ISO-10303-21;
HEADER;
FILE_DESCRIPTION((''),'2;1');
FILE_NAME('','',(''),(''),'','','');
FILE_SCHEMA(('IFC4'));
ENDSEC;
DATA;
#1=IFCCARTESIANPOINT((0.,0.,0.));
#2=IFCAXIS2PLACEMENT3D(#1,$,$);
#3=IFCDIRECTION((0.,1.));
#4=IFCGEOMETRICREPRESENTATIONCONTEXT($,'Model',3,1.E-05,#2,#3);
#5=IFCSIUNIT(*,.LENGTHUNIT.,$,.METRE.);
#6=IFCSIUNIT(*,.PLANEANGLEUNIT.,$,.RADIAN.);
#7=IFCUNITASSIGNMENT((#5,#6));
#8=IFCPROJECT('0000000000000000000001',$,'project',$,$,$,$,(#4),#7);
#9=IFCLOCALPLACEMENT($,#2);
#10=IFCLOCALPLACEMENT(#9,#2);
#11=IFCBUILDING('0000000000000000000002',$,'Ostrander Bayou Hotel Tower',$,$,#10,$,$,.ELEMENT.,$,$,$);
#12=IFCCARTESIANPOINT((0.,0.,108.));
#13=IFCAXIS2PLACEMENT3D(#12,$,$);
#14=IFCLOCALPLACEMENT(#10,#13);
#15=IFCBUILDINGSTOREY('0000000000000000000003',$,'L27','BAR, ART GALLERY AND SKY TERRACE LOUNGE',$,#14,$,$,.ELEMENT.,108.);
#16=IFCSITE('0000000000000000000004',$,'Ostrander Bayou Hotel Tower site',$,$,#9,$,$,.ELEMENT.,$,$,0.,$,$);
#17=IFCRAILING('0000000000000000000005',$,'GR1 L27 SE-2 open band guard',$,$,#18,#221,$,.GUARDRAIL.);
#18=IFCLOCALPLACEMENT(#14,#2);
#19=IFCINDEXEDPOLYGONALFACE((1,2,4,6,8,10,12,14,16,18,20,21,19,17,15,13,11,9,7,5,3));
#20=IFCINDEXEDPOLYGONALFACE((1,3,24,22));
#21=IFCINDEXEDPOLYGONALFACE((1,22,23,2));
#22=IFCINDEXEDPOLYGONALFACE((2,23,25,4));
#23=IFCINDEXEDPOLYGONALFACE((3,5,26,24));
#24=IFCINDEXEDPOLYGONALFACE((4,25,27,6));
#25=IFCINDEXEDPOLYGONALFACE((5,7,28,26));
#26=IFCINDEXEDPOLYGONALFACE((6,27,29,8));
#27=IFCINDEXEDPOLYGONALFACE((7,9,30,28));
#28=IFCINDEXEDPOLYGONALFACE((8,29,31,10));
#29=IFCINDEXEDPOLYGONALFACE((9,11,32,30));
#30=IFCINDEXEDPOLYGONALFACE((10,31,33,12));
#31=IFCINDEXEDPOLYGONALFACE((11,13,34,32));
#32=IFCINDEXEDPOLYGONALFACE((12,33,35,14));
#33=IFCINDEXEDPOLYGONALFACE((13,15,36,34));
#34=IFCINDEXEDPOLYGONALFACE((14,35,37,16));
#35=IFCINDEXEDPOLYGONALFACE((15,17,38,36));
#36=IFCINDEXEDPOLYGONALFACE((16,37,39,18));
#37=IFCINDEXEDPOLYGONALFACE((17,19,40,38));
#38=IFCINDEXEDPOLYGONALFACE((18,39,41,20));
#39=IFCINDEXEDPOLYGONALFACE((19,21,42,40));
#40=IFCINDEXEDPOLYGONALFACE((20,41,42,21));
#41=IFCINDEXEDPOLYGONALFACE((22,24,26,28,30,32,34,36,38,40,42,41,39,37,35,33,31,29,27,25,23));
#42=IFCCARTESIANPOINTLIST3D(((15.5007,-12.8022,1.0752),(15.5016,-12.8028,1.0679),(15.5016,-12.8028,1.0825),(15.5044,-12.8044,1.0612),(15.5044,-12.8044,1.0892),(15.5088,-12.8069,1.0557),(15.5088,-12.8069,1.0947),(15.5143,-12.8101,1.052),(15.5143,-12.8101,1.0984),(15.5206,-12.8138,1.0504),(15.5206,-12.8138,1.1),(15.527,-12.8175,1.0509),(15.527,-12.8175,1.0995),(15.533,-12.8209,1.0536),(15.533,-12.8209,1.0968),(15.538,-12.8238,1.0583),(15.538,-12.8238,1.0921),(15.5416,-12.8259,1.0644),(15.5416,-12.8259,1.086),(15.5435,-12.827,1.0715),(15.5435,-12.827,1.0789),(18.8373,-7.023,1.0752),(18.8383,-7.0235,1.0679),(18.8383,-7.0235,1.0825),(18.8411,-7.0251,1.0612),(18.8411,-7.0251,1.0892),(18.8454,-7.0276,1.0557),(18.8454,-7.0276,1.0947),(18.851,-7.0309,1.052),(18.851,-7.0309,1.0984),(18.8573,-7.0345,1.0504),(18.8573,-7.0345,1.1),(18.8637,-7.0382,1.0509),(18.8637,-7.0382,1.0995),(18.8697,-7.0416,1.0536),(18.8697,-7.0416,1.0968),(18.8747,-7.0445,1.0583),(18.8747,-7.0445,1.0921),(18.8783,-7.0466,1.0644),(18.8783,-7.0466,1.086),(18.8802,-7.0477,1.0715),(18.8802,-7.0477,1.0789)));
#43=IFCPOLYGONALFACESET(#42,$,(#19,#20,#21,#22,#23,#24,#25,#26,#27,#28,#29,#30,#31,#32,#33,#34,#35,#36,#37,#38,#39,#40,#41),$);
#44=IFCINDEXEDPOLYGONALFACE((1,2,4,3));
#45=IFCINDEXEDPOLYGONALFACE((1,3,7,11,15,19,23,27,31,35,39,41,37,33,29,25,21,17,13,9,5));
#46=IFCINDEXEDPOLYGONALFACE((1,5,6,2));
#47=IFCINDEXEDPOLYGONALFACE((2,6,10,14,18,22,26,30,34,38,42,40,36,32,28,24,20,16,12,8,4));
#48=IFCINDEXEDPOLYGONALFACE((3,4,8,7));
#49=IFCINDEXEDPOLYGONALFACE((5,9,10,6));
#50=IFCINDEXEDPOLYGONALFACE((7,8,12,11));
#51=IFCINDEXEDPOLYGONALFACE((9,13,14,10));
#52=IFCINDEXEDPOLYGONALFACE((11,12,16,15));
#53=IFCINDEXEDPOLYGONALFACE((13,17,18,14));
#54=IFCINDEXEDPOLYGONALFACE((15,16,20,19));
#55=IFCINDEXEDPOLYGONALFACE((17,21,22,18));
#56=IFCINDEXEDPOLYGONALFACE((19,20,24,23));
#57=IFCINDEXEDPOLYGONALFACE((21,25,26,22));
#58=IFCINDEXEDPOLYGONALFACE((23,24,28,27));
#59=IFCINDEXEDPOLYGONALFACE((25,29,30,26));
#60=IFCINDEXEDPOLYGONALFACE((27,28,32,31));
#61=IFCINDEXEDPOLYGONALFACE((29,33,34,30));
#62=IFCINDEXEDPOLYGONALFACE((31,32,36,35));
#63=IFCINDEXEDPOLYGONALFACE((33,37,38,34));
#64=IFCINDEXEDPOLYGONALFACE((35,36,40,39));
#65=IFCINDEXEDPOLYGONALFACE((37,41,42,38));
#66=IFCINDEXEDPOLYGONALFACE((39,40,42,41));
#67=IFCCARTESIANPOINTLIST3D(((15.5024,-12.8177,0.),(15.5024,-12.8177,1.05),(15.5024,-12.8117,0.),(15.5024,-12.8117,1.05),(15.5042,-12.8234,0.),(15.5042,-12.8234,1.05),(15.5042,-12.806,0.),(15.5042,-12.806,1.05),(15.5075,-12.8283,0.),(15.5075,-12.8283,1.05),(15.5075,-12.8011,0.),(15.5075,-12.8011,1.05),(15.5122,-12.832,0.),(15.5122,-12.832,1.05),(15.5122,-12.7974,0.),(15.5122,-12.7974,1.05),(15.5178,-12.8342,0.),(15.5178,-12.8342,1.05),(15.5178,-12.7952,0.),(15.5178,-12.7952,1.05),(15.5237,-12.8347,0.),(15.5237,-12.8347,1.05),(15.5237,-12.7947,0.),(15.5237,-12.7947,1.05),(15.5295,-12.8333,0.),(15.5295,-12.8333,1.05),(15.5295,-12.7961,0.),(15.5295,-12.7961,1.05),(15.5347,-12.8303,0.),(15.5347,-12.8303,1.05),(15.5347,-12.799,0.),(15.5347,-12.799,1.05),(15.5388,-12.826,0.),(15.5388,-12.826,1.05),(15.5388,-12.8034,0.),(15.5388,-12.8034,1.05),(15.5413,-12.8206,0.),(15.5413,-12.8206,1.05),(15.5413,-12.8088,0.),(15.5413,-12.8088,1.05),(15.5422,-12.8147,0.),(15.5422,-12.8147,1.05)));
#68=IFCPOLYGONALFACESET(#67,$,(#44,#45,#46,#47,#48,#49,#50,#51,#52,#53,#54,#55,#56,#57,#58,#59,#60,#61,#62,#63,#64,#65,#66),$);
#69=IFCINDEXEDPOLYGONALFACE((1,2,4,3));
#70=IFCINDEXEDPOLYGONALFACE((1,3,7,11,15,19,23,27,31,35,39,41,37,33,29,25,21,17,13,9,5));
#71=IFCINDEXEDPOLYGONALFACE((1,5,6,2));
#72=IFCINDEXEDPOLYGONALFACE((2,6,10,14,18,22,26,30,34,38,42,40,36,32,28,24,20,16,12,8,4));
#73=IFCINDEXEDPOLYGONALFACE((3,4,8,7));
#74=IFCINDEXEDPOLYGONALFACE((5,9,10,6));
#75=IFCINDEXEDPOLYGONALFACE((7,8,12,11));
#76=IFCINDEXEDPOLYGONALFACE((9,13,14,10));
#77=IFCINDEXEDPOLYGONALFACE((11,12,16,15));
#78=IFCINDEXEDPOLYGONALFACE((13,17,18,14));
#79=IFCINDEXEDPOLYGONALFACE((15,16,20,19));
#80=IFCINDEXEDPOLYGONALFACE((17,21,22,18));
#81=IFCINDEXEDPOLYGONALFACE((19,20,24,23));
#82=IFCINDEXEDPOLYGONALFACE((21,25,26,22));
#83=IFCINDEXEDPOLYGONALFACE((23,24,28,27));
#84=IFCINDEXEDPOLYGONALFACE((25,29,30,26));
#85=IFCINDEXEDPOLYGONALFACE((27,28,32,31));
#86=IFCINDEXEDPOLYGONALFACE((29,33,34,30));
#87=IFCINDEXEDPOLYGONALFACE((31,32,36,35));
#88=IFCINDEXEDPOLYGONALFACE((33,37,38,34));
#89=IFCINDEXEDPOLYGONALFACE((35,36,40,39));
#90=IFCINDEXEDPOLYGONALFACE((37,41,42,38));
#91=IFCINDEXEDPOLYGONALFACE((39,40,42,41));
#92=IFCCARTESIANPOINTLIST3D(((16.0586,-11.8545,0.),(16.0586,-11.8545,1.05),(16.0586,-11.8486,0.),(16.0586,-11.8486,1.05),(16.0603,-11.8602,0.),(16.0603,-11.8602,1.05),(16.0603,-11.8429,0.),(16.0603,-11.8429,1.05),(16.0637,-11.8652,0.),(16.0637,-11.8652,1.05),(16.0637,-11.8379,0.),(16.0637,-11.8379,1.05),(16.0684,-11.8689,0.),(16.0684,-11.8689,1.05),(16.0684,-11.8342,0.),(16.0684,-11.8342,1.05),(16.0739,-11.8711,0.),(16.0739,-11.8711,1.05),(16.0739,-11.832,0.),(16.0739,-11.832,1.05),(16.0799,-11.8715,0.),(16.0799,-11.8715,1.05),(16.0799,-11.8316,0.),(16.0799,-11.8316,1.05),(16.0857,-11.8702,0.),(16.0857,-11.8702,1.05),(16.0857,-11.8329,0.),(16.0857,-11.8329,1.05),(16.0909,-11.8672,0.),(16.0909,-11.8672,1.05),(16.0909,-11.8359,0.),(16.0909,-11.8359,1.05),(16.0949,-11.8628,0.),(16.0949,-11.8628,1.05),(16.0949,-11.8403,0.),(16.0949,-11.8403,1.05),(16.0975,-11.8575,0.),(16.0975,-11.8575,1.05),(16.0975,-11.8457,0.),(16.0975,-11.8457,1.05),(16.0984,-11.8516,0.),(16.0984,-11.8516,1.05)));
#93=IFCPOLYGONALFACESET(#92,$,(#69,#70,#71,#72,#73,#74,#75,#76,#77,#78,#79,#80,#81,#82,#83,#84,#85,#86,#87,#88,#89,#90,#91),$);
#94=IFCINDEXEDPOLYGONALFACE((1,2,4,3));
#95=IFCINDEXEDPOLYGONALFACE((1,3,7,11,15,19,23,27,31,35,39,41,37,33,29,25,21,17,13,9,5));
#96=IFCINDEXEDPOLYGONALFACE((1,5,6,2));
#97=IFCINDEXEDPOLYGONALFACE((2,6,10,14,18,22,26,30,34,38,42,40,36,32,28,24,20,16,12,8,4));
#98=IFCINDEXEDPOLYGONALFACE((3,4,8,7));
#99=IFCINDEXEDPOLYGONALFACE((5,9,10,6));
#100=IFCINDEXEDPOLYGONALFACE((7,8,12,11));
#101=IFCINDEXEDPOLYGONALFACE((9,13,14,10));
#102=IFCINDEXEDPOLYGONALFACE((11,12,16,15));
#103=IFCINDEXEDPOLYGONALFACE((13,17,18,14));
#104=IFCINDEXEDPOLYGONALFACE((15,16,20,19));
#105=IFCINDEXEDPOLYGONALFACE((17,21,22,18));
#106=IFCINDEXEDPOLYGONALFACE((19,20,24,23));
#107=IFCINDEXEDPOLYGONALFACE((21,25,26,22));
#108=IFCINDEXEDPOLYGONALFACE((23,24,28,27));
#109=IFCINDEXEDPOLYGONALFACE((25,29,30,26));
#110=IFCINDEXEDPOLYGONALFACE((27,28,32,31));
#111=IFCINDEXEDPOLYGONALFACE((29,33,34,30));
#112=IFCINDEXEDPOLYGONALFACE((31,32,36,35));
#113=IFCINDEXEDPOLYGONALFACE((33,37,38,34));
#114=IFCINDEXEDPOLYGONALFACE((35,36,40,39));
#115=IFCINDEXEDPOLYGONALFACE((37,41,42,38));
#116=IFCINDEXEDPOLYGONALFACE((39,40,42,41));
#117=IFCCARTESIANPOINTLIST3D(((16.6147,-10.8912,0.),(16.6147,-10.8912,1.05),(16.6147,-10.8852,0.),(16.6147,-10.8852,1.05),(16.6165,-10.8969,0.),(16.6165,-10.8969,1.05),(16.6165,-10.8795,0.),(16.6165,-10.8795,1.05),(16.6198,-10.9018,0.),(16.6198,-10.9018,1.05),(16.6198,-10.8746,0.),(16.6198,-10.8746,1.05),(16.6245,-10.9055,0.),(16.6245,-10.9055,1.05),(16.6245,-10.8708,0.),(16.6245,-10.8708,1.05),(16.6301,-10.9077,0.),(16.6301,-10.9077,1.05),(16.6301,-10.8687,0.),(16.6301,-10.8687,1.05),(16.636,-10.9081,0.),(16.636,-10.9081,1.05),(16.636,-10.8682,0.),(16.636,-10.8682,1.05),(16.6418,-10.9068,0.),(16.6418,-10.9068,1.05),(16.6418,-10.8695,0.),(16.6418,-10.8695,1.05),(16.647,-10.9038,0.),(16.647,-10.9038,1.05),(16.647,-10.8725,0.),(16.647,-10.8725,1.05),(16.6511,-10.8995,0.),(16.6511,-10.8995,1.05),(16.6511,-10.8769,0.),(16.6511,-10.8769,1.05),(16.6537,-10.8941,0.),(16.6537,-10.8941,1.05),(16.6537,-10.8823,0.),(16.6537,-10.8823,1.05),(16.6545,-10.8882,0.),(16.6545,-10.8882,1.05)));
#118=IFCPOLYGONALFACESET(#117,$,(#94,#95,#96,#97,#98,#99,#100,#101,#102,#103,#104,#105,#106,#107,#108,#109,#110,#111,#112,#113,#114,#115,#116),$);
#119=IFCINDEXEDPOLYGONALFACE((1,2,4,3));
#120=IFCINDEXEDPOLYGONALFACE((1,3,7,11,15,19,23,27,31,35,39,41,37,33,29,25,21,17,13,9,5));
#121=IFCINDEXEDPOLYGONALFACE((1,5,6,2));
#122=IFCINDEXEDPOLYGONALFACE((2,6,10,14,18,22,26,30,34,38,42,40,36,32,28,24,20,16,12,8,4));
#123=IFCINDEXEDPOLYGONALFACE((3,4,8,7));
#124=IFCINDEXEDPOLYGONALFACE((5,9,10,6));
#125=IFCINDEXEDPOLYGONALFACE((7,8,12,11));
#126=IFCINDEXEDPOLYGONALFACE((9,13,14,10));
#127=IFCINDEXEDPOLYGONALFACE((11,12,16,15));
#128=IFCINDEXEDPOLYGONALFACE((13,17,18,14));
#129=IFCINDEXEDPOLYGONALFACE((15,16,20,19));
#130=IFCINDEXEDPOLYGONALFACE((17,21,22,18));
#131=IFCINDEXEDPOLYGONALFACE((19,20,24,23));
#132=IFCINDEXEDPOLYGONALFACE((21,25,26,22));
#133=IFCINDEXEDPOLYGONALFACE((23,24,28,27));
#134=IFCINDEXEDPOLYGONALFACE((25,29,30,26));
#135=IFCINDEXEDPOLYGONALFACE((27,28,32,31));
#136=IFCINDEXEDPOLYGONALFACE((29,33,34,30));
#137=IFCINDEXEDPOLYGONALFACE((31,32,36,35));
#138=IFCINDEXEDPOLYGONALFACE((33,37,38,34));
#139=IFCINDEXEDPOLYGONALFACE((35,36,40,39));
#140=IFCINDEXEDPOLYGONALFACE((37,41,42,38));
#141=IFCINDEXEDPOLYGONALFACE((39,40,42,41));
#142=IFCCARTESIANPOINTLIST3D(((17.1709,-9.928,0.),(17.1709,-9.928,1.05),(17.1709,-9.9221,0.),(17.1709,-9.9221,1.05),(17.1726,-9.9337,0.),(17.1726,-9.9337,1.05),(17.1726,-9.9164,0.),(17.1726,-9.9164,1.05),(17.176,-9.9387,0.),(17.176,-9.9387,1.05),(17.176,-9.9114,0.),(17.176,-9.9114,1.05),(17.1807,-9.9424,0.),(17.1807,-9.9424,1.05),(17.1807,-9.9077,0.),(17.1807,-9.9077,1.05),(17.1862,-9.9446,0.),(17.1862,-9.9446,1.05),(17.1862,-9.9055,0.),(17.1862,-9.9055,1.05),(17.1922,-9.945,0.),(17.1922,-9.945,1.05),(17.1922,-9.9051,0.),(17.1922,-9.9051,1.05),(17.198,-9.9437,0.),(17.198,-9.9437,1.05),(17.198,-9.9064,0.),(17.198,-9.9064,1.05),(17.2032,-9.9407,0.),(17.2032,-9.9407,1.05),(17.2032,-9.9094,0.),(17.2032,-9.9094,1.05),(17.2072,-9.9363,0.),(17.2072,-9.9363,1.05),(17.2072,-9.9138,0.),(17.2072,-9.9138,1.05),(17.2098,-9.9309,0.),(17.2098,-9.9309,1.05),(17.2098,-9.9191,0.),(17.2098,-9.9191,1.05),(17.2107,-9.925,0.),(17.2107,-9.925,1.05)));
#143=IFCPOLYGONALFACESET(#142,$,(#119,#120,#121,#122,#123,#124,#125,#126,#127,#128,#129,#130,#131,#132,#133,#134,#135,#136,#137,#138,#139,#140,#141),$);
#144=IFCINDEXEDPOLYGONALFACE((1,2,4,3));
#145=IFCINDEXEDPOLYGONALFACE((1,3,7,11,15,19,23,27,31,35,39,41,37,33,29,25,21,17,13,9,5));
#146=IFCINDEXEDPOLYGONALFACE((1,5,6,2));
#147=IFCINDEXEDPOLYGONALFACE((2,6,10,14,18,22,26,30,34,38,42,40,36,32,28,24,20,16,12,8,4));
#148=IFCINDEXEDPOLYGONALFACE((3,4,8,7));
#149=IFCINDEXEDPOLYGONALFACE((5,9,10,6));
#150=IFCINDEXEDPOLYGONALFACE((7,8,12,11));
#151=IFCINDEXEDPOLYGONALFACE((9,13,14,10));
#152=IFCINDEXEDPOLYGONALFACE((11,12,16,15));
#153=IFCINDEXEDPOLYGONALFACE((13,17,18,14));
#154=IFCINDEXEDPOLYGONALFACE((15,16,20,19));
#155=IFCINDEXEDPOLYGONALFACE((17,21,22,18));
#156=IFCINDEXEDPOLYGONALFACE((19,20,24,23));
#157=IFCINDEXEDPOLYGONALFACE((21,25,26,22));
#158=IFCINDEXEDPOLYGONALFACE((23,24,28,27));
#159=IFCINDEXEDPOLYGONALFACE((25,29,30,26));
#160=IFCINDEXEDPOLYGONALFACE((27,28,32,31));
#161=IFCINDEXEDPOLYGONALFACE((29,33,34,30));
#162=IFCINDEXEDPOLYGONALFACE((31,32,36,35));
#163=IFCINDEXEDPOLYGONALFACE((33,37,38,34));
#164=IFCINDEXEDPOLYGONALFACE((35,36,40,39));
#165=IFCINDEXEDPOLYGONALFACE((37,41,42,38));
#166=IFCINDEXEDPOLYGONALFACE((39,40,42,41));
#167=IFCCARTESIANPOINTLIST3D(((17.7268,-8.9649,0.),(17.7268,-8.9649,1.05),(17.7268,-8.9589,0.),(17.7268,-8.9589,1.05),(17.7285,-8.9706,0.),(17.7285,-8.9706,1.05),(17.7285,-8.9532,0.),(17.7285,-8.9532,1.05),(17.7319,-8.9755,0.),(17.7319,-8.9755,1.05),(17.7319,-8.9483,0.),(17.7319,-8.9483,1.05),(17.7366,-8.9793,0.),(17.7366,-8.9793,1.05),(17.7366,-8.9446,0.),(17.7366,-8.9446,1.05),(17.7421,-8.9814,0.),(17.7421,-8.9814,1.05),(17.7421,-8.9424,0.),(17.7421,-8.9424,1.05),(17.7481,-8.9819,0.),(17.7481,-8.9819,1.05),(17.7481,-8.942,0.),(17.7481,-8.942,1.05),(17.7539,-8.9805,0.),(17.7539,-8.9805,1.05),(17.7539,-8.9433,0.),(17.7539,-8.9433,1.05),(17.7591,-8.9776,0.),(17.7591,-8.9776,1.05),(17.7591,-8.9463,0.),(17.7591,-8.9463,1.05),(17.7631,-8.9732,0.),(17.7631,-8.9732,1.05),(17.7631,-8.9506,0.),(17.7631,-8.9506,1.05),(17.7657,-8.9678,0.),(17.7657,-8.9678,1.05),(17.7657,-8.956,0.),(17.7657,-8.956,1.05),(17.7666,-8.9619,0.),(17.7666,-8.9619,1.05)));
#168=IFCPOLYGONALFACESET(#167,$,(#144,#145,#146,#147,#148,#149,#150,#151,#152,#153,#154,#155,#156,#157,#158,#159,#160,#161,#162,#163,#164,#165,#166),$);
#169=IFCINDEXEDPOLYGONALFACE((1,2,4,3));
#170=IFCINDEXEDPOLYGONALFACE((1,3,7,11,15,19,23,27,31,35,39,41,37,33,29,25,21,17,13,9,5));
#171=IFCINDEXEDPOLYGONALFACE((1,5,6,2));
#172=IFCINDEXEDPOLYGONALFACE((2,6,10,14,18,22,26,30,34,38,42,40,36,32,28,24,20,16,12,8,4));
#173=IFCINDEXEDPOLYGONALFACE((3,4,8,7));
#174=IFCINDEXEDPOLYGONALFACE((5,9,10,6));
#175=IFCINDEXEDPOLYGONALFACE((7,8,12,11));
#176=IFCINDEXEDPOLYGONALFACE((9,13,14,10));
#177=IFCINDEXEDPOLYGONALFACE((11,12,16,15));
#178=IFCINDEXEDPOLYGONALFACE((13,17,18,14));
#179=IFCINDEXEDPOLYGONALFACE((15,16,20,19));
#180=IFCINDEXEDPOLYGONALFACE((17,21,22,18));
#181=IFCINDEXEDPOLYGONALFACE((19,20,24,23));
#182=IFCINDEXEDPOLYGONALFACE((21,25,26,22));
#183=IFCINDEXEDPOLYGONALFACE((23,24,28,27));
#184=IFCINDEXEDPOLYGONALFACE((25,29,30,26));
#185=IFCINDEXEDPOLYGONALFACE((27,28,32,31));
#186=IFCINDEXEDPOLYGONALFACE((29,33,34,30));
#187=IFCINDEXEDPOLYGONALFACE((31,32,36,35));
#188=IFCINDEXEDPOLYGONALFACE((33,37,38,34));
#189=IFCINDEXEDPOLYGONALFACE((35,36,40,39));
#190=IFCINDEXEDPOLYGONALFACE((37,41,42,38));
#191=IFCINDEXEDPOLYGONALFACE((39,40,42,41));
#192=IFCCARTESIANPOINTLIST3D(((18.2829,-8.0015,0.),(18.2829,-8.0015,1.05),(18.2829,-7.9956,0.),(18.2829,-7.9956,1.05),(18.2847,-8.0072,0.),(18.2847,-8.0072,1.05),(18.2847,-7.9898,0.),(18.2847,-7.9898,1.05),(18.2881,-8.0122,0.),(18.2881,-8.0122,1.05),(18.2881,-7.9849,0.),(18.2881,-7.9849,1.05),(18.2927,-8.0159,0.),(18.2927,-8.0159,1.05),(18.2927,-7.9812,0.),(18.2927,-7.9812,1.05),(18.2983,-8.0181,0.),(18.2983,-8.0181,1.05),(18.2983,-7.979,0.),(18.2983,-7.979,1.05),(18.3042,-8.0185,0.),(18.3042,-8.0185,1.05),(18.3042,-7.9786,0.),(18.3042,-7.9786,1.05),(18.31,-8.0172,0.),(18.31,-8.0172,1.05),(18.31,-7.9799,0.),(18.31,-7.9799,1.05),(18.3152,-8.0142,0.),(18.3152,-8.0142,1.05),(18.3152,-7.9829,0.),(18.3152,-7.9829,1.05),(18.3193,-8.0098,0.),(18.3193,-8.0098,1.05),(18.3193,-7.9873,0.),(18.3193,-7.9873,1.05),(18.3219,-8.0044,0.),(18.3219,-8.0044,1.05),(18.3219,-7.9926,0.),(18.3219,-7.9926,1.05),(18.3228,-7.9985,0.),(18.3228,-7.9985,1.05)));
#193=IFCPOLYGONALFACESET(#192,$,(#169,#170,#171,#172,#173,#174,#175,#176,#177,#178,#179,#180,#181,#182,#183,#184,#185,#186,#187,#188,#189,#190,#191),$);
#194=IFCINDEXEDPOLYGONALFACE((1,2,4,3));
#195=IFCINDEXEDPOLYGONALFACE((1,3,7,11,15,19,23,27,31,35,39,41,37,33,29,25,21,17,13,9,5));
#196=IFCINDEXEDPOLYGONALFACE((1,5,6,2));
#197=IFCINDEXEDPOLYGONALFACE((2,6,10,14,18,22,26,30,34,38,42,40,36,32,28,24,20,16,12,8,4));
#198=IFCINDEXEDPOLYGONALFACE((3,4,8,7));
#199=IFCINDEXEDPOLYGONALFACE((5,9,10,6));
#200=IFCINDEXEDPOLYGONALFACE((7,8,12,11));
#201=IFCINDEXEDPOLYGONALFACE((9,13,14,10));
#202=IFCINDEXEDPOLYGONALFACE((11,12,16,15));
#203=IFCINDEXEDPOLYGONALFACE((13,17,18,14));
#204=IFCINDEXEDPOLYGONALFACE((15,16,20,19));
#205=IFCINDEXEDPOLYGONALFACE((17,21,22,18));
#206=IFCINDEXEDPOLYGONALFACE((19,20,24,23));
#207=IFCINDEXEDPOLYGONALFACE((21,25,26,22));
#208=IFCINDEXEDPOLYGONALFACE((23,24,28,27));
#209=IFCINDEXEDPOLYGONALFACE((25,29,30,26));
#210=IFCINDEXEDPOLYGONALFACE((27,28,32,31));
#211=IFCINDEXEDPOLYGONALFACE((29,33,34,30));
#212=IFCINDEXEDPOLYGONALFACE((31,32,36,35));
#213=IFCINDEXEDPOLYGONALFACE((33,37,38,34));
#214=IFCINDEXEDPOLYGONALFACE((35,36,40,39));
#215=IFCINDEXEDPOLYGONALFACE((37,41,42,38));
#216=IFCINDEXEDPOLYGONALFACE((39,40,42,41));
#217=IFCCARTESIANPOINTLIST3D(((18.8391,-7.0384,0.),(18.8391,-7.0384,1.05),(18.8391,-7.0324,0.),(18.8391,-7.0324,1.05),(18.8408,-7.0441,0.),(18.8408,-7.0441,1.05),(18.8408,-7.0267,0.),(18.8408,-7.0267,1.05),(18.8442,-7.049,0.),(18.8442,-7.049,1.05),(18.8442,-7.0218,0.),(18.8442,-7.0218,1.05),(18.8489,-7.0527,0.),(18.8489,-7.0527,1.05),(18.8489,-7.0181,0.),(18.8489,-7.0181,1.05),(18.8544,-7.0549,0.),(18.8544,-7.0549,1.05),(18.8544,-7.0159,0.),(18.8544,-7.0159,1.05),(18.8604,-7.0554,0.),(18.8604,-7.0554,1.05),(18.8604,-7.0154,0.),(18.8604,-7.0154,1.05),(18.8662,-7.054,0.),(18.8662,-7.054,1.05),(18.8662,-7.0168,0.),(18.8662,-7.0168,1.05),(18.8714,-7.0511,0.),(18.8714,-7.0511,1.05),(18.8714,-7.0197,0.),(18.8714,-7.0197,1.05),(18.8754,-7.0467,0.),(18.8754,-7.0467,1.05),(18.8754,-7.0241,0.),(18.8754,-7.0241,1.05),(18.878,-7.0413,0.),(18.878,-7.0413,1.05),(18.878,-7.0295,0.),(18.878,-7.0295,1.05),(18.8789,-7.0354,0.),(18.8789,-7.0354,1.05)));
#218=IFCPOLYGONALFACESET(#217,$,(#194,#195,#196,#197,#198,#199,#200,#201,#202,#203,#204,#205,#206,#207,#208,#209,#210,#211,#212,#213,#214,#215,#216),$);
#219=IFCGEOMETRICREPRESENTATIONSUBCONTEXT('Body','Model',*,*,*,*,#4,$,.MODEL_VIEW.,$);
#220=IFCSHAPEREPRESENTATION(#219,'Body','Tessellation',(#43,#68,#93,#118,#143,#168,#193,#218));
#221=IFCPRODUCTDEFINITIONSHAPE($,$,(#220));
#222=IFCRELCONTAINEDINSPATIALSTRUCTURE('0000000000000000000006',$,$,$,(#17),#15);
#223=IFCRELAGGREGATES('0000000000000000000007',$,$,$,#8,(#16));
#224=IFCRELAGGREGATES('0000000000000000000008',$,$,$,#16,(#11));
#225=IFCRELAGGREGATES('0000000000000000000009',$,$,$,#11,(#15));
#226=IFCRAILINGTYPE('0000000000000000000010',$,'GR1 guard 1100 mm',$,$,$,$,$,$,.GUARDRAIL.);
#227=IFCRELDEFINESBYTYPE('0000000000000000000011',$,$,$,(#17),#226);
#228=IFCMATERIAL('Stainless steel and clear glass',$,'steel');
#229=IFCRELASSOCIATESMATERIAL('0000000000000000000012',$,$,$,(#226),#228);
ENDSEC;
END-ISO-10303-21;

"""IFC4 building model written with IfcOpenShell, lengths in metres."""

from ifc_helpers import new_model, si_unit, direction, frame, origin, origin_2d, place, context, subcontext, project, spatial, circle, extrude, material, type_object, element, save


model = new_model("IFC4")

# Units and contexts
model_context = context("Model", 3, precision=1e-05, world=origin(), true_north=direction((0.0, 1.0)))
body_context = subcontext(model_context, "Body", "Model", "MODEL_VIEW")
ifc_project = project(units=[si_unit("LENGTHUNIT", "METRE"), si_unit("PLANEANGLEUNIT", "RADIAN")], contexts=[model_context])

# Site, building, storey
site_placement = place(None, origin())
site = spatial("IfcSite", under=ifc_project, at=site_placement, Name="Ostrander Bayou Hotel Tower site", CompositionType="ELEMENT", RefElevation=0.0)
building_placement = place(site_placement, origin())
building = spatial("IfcBuilding", under=site, at=building_placement, Name="Ostrander Bayou Hotel Tower", CompositionType="ELEMENT")
storey_placement = place(building_placement, frame((0.0, 0.0, 108.0)))
storey = spatial("IfcBuildingStorey", under=building, at=storey_placement, Name="L27", Description="BAR, ART GALLERY AND SKY TERRACE LOUNGE", CompositionType="ELEMENT", Elevation=108.0)

# Railing
ifc_material_1 = material(Name="Stainless steel and clear glass", Category="steel")
railing_type_1 = type_object("IfcRailingType", Name="GR1 guard 1100 mm", PredefinedType="GUARDRAIL", material=ifc_material_1)
railing_1_placement = place(storey_placement, frame((15.5222, -12.8147, 0.0)))
element("IfcRailing", 1, at=railing_1_placement, inside=storey, type_object=railing_type_1, Name="GR1 L27 SE-2 open band guard", PredefinedType="GUARDRAIL", context=body_context, shape_type="SweptSolid", body=[
    extrude(circle(Radius=0.0249, at=origin_2d()), frame((0.0, 0.0, 1.0752), z_axis=(0.499999, 0.866026, 0.0), x_axis=(-0.866026, 0.499999, 0.0)), (0.0, 0.0, 1.0), 6.6733),
    extrude(circle(Radius=0.02, at=origin_2d()), origin(), (0.0, 0.0, 1.0), 1.05),
    extrude(circle(Radius=0.02, at=origin_2d()), frame((0.5562, 0.9631, 0.0)), (0.0, 0.0, 1.0), 1.05),
    extrude(circle(Radius=0.02, at=origin_2d()), frame((1.1123, 1.9265, 0.0)), (0.0, 0.0, 1.0), 1.05),
    extrude(circle(Radius=0.02, at=origin_2d()), frame((1.6685, 2.8896, 0.0)), (0.0, 0.0, 1.0), 1.05),
    extrude(circle(Radius=0.02, at=origin_2d()), frame((2.2244, 3.8528, 0.0)), (0.0, 0.0, 1.0), 1.05),
    extrude(circle(Radius=0.02, at=origin_2d()), frame((2.7805, 4.8162, 0.0)), (0.0, 0.0, 1.0), 1.05),
    extrude(circle(Radius=0.02, at=origin_2d()), frame((3.3367, 5.7793, 0.0)), (0.0, 0.0, 1.0), 1.05),
])

save(model, "model.ifc")
